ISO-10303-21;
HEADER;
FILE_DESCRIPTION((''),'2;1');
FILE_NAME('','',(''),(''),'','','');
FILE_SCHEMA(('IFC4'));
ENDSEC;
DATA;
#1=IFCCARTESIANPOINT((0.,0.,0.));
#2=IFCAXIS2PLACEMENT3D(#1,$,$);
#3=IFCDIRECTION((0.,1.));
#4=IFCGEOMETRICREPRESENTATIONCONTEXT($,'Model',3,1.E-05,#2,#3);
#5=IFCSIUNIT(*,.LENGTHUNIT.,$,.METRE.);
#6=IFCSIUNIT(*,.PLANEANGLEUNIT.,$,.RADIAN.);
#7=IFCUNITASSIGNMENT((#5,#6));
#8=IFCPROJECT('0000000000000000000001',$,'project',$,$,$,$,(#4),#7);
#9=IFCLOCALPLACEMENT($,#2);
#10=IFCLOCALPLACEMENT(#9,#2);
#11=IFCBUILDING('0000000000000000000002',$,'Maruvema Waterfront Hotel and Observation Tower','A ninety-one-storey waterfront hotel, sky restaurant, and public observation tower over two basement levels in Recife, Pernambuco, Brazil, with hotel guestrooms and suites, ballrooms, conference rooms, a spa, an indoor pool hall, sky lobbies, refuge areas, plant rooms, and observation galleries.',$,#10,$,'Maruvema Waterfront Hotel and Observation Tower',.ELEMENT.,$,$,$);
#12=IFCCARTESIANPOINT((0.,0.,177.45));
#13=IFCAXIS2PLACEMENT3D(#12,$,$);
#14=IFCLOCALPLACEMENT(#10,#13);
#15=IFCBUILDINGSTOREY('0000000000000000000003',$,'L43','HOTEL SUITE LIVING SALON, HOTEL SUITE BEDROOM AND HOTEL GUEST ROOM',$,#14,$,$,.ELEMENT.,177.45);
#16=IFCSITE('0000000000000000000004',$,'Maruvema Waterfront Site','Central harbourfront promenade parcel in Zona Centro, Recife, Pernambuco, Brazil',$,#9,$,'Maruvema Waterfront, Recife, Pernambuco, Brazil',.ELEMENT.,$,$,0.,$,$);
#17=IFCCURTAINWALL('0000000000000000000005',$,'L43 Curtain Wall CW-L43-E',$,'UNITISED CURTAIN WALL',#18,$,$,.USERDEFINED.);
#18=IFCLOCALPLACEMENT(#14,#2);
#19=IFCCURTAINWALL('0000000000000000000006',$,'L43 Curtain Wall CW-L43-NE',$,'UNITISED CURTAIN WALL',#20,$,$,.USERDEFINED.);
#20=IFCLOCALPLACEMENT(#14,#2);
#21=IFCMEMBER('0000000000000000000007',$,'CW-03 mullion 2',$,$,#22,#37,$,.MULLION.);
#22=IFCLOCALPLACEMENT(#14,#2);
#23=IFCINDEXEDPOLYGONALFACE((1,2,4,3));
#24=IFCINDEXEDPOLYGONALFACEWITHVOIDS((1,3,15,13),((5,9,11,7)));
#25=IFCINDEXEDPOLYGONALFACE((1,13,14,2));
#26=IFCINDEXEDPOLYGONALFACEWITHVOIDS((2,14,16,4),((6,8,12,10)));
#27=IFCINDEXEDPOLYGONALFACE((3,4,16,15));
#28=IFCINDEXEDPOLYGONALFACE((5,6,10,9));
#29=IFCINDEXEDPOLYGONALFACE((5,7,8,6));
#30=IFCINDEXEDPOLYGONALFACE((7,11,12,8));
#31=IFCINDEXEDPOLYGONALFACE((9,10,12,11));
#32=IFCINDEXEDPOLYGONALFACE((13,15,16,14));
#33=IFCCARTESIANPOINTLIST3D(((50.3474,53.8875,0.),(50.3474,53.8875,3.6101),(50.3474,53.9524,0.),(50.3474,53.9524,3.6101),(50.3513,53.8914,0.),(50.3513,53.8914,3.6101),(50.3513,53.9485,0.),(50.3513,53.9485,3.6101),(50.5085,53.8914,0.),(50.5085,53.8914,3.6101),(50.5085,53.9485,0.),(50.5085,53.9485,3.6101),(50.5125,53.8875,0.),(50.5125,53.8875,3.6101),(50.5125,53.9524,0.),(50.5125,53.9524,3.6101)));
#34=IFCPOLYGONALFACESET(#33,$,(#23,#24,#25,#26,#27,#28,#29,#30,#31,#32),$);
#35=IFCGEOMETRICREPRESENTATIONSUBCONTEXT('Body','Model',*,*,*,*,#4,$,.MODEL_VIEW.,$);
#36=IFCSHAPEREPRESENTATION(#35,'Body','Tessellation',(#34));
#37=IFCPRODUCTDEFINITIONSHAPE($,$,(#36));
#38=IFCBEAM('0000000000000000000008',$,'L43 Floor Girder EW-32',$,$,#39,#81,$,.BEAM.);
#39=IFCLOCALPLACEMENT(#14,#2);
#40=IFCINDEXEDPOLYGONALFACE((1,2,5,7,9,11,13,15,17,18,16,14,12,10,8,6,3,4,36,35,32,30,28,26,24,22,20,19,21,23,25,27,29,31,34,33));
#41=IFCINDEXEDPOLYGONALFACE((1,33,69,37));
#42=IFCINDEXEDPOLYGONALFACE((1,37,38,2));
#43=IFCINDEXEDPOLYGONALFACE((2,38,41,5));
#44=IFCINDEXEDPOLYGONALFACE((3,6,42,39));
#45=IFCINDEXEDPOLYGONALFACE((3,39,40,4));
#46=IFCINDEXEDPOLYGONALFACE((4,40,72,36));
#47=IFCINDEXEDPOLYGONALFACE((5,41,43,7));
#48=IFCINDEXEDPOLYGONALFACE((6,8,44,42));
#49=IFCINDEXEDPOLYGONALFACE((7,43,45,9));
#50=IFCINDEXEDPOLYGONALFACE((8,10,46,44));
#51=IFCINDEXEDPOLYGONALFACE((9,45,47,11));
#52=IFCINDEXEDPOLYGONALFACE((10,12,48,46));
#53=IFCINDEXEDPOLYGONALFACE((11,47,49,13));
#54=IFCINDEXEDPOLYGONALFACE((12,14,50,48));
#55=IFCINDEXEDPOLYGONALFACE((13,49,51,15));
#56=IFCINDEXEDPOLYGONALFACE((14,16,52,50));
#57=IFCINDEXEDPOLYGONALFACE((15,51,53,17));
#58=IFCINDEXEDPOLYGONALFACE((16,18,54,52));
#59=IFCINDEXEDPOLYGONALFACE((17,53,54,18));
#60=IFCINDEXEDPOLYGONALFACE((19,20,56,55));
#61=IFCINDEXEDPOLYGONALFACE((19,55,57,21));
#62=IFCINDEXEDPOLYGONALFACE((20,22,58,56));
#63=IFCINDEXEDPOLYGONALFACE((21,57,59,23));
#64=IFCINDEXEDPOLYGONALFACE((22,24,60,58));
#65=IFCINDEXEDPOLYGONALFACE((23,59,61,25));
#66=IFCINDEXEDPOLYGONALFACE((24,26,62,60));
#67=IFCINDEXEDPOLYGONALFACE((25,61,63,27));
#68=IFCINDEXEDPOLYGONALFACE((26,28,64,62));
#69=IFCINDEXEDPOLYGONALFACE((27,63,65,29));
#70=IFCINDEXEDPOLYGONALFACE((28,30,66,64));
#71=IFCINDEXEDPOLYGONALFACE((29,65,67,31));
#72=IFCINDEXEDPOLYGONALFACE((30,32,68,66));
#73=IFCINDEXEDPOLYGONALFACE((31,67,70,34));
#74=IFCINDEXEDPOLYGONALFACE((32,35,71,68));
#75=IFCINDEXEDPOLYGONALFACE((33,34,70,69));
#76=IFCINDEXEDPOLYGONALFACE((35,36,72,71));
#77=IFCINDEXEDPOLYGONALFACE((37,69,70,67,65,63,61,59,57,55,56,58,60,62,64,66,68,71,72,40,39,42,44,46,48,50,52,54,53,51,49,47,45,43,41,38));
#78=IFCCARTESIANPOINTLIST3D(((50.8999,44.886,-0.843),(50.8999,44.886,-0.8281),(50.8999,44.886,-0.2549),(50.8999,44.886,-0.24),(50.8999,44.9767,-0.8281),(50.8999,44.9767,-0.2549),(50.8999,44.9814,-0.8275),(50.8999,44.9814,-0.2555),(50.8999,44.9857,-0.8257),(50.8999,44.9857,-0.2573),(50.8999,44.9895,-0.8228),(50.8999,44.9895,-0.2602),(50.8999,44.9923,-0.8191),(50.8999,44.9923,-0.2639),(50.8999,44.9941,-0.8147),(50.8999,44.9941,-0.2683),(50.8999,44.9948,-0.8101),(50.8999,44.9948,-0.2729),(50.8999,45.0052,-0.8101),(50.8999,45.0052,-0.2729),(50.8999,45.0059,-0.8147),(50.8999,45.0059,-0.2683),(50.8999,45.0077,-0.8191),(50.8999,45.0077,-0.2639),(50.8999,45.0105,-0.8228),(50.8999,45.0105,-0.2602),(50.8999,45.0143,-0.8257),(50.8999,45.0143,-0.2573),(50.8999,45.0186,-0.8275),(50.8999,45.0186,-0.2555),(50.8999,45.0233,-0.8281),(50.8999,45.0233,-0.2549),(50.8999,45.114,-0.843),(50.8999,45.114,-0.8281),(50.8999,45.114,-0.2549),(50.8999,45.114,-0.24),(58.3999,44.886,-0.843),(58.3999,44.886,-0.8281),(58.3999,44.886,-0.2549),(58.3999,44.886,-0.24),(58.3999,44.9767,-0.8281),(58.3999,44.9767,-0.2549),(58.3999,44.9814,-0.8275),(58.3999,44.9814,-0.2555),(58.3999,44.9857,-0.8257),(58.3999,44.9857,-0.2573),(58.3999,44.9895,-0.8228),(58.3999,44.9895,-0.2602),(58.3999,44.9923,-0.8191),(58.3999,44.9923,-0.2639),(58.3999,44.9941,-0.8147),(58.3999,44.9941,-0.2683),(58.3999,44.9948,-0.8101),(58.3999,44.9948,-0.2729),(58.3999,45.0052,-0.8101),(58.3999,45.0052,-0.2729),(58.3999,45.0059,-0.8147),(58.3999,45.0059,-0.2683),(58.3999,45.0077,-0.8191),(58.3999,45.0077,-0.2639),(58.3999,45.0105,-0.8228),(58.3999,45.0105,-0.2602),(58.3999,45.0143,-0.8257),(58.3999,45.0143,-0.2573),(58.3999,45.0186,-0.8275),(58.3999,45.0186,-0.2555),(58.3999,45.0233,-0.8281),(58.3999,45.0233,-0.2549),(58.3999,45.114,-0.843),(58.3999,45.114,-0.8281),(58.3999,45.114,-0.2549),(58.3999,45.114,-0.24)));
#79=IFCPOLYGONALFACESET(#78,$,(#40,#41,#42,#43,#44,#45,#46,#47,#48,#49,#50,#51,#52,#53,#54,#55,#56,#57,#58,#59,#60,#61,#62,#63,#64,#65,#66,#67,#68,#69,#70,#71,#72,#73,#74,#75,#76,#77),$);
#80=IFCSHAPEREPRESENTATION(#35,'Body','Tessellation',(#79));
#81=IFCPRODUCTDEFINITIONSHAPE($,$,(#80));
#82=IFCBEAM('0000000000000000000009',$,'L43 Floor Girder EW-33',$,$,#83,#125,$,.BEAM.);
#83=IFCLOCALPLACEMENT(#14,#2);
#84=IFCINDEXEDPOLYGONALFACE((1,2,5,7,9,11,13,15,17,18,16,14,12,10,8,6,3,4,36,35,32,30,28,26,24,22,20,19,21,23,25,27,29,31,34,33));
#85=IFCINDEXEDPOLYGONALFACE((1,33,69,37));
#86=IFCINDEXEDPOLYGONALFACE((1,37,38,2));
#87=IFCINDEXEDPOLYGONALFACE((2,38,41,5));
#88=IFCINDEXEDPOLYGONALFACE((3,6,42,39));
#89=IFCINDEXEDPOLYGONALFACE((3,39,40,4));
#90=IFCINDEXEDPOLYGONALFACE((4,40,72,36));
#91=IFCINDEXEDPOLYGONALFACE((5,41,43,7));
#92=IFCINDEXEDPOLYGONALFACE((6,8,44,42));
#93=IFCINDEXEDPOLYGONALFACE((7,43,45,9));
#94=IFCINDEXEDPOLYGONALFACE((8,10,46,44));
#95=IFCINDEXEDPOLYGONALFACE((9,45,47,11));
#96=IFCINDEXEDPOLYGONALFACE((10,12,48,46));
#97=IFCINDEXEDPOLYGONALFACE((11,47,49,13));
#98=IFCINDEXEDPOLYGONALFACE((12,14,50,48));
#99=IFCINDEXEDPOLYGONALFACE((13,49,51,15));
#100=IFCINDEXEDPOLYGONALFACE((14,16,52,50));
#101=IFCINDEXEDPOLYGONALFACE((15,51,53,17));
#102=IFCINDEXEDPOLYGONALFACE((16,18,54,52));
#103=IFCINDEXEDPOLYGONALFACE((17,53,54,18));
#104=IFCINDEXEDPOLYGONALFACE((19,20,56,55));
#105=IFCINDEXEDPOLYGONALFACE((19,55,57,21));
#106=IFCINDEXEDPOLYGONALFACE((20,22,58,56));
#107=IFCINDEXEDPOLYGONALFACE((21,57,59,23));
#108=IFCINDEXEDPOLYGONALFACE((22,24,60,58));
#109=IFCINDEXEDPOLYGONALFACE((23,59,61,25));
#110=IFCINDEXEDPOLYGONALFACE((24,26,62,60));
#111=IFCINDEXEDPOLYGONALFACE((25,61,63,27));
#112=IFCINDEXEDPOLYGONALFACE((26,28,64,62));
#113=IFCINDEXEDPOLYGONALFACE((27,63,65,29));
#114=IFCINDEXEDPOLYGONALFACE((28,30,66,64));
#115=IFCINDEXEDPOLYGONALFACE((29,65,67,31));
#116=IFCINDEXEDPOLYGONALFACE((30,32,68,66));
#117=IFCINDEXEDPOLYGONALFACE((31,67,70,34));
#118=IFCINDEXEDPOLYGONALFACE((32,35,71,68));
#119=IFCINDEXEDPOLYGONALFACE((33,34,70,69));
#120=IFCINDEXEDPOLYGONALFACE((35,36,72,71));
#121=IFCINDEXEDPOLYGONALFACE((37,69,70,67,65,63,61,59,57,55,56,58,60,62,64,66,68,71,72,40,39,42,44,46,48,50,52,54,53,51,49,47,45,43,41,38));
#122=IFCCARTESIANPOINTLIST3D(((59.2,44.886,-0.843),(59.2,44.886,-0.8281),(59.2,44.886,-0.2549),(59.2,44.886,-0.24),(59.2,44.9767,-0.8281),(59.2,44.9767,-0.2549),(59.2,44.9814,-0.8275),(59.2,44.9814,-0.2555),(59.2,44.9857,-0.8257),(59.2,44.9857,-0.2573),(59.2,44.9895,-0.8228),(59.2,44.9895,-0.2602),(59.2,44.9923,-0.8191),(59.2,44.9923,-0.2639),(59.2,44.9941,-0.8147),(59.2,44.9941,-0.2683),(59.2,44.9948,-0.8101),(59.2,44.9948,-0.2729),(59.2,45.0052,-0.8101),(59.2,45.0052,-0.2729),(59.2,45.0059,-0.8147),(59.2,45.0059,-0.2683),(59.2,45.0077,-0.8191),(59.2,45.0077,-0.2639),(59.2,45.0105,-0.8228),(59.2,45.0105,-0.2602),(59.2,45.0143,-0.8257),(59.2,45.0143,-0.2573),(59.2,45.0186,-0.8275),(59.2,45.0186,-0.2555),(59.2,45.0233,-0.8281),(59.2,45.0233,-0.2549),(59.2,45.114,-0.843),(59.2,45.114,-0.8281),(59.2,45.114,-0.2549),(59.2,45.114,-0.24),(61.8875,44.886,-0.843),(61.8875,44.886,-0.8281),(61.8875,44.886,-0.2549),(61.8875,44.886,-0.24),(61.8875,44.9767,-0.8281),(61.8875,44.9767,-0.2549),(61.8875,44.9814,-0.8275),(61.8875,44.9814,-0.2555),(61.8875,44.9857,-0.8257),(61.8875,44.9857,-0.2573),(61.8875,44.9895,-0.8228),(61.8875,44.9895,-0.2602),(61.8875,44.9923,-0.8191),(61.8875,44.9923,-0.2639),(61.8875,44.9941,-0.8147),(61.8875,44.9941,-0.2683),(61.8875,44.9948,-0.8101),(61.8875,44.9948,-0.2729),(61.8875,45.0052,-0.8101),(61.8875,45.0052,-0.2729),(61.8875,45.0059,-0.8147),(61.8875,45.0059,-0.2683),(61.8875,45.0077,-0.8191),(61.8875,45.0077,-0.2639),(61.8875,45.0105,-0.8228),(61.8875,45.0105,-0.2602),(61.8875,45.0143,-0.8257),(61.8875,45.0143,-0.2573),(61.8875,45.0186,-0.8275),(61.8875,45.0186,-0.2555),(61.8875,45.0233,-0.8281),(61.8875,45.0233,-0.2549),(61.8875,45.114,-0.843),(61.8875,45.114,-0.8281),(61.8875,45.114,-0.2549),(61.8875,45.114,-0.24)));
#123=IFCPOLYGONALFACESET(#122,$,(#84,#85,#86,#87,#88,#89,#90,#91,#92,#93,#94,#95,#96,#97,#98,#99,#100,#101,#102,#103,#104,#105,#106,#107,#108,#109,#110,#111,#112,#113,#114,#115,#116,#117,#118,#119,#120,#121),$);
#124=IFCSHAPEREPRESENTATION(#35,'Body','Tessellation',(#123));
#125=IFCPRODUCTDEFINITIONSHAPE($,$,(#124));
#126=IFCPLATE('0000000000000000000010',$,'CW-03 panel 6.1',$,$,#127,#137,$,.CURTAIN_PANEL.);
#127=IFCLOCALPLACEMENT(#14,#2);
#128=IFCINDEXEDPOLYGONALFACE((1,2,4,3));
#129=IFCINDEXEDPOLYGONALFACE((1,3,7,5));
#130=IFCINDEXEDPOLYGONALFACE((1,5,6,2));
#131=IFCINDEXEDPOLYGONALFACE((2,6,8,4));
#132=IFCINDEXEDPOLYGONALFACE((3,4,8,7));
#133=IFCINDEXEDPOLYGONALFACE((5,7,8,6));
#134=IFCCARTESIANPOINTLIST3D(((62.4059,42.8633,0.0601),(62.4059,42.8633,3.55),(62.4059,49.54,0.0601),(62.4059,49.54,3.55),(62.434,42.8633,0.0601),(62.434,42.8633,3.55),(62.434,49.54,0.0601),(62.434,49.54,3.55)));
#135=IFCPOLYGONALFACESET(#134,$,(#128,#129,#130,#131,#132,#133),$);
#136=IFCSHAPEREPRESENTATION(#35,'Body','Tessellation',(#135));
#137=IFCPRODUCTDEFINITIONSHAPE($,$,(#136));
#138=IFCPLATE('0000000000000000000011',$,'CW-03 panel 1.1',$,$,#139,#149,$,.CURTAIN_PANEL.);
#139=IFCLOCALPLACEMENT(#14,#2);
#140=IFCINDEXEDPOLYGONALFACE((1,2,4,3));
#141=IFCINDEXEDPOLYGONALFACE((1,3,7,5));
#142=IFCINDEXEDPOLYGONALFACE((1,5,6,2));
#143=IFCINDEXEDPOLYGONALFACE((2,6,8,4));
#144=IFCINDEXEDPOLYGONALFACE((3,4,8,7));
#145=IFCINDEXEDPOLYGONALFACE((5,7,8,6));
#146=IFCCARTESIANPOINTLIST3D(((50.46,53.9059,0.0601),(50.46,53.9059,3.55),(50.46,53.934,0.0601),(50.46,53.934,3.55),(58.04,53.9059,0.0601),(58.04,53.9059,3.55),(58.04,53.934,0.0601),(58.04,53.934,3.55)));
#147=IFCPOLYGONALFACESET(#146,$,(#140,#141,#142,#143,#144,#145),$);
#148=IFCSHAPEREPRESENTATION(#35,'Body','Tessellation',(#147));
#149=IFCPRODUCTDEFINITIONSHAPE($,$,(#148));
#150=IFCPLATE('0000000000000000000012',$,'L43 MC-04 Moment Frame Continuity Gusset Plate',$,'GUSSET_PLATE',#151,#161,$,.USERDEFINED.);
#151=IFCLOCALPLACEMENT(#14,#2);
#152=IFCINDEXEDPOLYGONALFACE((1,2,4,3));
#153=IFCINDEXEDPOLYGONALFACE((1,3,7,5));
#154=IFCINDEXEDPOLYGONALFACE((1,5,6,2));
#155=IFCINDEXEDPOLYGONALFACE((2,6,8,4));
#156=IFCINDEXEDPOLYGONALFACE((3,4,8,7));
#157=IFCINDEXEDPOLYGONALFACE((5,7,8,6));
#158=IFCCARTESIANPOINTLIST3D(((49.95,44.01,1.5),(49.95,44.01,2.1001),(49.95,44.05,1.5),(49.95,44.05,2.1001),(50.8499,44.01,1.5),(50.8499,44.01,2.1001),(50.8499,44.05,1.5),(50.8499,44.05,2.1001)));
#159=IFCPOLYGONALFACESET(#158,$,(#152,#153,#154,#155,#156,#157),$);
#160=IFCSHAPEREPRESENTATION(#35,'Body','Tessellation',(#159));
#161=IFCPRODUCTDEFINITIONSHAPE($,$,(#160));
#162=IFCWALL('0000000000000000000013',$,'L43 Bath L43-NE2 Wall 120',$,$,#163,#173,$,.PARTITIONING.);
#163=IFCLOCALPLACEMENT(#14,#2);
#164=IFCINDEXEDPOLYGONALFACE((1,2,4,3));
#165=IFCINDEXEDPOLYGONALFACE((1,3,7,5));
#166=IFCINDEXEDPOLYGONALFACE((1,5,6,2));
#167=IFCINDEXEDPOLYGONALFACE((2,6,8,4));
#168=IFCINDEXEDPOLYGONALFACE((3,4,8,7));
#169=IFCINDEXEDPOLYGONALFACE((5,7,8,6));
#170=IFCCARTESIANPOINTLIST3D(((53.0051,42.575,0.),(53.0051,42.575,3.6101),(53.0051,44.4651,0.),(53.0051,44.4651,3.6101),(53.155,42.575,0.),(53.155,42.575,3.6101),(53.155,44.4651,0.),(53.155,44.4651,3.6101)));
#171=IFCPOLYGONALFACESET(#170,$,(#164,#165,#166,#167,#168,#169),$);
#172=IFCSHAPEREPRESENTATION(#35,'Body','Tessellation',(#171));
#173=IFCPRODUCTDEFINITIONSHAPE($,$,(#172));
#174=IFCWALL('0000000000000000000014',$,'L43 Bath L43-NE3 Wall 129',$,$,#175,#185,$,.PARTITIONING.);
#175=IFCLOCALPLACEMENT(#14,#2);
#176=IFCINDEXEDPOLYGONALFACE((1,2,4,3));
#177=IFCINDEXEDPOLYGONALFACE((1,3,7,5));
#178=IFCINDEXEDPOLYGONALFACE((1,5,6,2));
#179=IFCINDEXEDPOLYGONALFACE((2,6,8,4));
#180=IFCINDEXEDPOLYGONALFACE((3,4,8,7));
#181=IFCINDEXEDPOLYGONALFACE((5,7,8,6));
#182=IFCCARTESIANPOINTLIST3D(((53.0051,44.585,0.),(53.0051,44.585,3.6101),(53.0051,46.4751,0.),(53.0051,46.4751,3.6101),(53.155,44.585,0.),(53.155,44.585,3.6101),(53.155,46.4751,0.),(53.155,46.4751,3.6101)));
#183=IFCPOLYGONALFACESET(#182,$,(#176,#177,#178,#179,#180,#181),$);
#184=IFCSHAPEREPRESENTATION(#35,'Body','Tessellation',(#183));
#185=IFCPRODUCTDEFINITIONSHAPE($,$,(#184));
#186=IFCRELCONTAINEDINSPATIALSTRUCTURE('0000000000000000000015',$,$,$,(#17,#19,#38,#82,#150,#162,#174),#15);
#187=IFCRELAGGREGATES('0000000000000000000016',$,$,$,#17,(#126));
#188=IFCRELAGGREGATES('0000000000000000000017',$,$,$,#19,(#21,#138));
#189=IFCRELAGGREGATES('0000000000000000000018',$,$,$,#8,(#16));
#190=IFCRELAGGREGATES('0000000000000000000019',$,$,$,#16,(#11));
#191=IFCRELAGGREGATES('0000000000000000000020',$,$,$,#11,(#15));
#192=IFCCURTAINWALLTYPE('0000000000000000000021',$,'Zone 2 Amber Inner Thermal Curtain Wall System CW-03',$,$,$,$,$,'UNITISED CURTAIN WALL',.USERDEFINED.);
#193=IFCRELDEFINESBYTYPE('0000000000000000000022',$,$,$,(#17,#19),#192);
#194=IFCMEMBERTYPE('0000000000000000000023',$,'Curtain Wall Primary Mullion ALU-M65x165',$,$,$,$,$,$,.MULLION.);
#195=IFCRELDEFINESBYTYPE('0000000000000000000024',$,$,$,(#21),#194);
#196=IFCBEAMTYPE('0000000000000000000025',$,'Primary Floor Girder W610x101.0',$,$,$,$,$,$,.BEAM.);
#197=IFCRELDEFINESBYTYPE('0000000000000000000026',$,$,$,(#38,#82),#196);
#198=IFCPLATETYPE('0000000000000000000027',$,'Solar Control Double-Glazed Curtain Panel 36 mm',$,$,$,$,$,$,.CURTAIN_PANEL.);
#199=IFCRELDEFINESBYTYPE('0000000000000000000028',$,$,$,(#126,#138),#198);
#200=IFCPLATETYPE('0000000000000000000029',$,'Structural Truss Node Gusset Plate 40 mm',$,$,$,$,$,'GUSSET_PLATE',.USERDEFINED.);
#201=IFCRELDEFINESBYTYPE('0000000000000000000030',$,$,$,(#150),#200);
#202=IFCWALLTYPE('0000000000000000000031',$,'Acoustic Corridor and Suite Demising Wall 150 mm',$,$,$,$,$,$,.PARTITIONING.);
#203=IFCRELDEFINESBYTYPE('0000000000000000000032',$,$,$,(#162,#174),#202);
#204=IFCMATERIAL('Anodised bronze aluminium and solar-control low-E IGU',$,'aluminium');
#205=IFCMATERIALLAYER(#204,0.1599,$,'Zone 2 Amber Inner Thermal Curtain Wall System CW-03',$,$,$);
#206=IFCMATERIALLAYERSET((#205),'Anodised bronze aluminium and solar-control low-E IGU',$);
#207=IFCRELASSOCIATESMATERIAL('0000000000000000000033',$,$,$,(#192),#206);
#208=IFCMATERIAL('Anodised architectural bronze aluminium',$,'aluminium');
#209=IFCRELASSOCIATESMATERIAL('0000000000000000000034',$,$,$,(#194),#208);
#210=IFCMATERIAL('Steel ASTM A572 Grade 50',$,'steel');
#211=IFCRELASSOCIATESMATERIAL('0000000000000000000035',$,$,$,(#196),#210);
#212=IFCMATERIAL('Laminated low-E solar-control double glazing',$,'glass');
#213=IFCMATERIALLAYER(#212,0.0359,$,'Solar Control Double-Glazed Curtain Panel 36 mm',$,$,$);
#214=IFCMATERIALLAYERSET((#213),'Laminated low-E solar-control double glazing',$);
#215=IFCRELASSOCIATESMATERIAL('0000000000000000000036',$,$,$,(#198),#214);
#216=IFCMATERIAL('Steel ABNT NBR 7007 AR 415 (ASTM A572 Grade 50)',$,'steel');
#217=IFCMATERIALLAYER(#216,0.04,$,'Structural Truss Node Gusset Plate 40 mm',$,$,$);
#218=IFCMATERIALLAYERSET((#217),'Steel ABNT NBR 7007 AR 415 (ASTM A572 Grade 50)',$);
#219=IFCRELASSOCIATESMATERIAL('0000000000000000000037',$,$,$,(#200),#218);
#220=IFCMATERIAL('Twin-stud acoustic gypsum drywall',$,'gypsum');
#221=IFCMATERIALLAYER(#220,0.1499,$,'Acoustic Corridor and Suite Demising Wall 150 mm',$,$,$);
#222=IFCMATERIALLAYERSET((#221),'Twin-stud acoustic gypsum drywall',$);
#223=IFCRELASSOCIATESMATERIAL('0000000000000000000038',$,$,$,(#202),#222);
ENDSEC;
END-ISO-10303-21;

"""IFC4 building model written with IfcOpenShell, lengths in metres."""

from ifc_helpers import new_model, si_unit, direction, frame, frame_2d, origin, origin_2d, place, context, subcontext, project, spatial, rectangle, hollow_rectangle, i_section, extrude, material, layer, layer_set, material_profile, profile_set, type_object, element, aggregate, save


model = new_model("IFC4")

# Units and contexts
model_context = context("Model", 3, precision=1e-05, world=origin(), true_north=direction((0.0, 1.0)))
body_context = subcontext(model_context, "Body", "Model", "MODEL_VIEW")
ifc_project = project(units=[si_unit("LENGTHUNIT", "METRE"), si_unit("PLANEANGLEUNIT", "RADIAN")], contexts=[model_context])

# Site, building, storey
site_placement = place(None, origin())
site = spatial("IfcSite", under=ifc_project, at=site_placement, Name="Maruvema Waterfront Site", Description="Central harbourfront promenade parcel in Zona Centro, Recife, Pernambuco, Brazil", LongName="Maruvema Waterfront, Recife, Pernambuco, Brazil", CompositionType="ELEMENT", RefElevation=0.0)
building_placement = place(site_placement, origin())
building = spatial("IfcBuilding", under=site, at=building_placement, Name="Maruvema Waterfront Hotel and Observation Tower", Description="A ninety-one-storey waterfront hotel, sky restaurant, and public observation tower over two basement levels in Recife, Pernambuco, Brazil, with hotel guestrooms and suites, ballrooms, conference rooms, a spa, an indoor pool hall, sky lobbies, refuge areas, plant rooms, and observation galleries.", LongName="Maruvema Waterfront Hotel and Observation Tower", CompositionType="ELEMENT")
storey_placement = place(building_placement, frame((0.0, 0.0, 177.45)))
storey = spatial("IfcBuildingStorey", under=building, at=storey_placement, Name="L43", Description="HOTEL SUITE LIVING SALON, HOTEL SUITE BEDROOM AND HOTEL GUEST ROOM", CompositionType="ELEMENT", Elevation=177.45)

# Curtain walls
ifc_material_1 = material(Name="Anodised bronze aluminium and solar-control low-E IGU", Category="aluminium")
ifc_layer_1 = layer(ifc_material_1, 0.1599, Name="Zone 2 Amber Inner Thermal Curtain Wall System CW-03")
ifc_layer_set_1 = layer_set([ifc_layer_1], Name="Anodised bronze aluminium and solar-control low-E IGU")
curtain_wall_type = type_object("IfcCurtainWallType", Name="Zone 2 Amber Inner Thermal Curtain Wall System CW-03", ElementType="UNITISED CURTAIN WALL", PredefinedType="USERDEFINED", material=ifc_layer_set_1)
curtain_wall_1_placement = place(storey_placement, origin())
curtain_wall_1 = element("IfcCurtainWall", 1, at=curtain_wall_1_placement, inside=storey, type_object=curtain_wall_type, Name="L43 Curtain Wall CW-L43-E", ObjectType="UNITISED CURTAIN WALL", PredefinedType="USERDEFINED")
curtain_wall_2_placement = place(storey_placement, origin())
curtain_wall_2 = element("IfcCurtainWall", 2, at=curtain_wall_2_placement, inside=storey, type_object=curtain_wall_type, Name="L43 Curtain Wall CW-L43-NE", ObjectType="UNITISED CURTAIN WALL", PredefinedType="USERDEFINED")

# Member
ifc_material_2 = material(Name="Anodised architectural bronze aluminium", Category="aluminium")
ifc_material_profile_1 = material_profile(ifc_material_2, hollow_rectangle(XDim=0.0649, YDim=0.165, WallThickness=0.0039, at=origin_2d()), Name="ALU-M65x165")
ifc_profile_set_1 = profile_set([ifc_material_profile_1], Name="Anodised architectural bronze aluminium")
member_type_1 = type_object("IfcMemberType", Name="Curtain Wall Primary Mullion ALU-M65x165", PredefinedType="MULLION", material=ifc_profile_set_1)
member_1_placement = place(storey_placement, frame((50.4299, 53.9199, 0.0), z_axis=(0.0, 0.0, 1.0), x_axis=(0.0, -1.0, 0.0)))
member_1 = element("IfcMember", 3, at=member_1_placement, type_object=member_type_1, Name="CW-03 mullion 2", PredefinedType="MULLION", context=body_context, shape_type="SweptSolid", body=[
    extrude(hollow_rectangle(XDim=0.0649, YDim=0.165, WallThickness=0.0039, at=origin_2d()), origin(), (0.0, 0.0, 1.0), 3.6101),
])

# Beams
ifc_material_3 = material(Name="Steel ASTM A572 Grade 50", Category="steel")
ifc_material_profile_2 = material_profile(ifc_material_3, i_section(OverallWidth=0.228, OverallDepth=0.603, WebThickness=0.0105, FlangeThickness=0.0149, FilletRadius=0.0181, at=origin_2d()), Name="W610x101.0")
ifc_profile_set_2 = profile_set([ifc_material_profile_2], Name="Steel ASTM A572 Grade 50")
beam_type = type_object("IfcBeamType", Name="Primary Floor Girder W610x101.0", PredefinedType="BEAM", material=ifc_profile_set_2)
beam_1_placement = place(storey_placement, frame((50.8999, 45.0, -0.5415), z_axis=(1.0, 0.0, 0.0), x_axis=(0.0, 1.0, 0.0)))
element("IfcBeam", 4, at=beam_1_placement, inside=storey, type_object=beam_type, Name="L43 Floor Girder EW-32", PredefinedType="BEAM", context=body_context, shape_type="SweptSolid", body=[
    extrude(i_section(OverallWidth=0.228, OverallDepth=0.603, WebThickness=0.0105, FlangeThickness=0.0149, FilletRadius=0.0181, at=origin_2d()), origin(), (0.0, 0.0, 1.0), 7.5),
])
beam_2_placement = place(storey_placement, frame((59.2, 45.0, -0.5415), z_axis=(1.0, 0.0, 0.0), x_axis=(0.0, 1.0, 0.0)))
element("IfcBeam", 5, at=beam_2_placement, inside=storey, type_object=beam_type, Name="L43 Floor Girder EW-33", PredefinedType="BEAM", context=body_context, shape_type="SweptSolid", body=[
    extrude(i_section(OverallWidth=0.228, OverallDepth=0.603, WebThickness=0.0105, FlangeThickness=0.0149, FilletRadius=0.0181, at=origin_2d()), origin(), (0.0, 0.0, 1.0), 2.6875),
])

# Plates
ifc_material_4 = material(Name="Laminated low-E solar-control double glazing", Category="glass")
ifc_layer_2 = layer(ifc_material_4, 0.0359, Name="Solar Control Double-Glazed Curtain Panel 36 mm")
ifc_layer_set_2 = layer_set([ifc_layer_2], Name="Laminated low-E solar-control double glazing")
plate_type_1 = type_object("IfcPlateType", Name="Solar Control Double-Glazed Curtain Panel 36 mm", PredefinedType="CURTAIN_PANEL", material=ifc_layer_set_2)
plate_1_placement = place(storey_placement, frame((62.4199, 46.2017, 0.0601), z_axis=(0.0, 0.0, 1.0), x_axis=(0.0, 1.0, 0.0)))
plate_1 = element("IfcPlate", 6, at=plate_1_placement, type_object=plate_type_1, Name="CW-03 panel 6.1", PredefinedType="CURTAIN_PANEL", context=body_context, shape_type="SweptSolid", body=[
    extrude(rectangle(XDim=6.6768, YDim=0.0281, at=origin_2d()), origin(), (0.0, 0.0, 1.0), 3.49),
])
aggregate(curtain_wall_1, [plate_1])
plate_2_placement = place(storey_placement, frame((54.25, 53.9199, 0.0601), z_axis=(0.0, 0.0, 1.0), x_axis=(-1.0, 0.0, 0.0)))
plate_2 = element("IfcPlate", 7, at=plate_2_placement, type_object=plate_type_1, Name="CW-03 panel 1.1", PredefinedType="CURTAIN_PANEL", context=body_context, shape_type="SweptSolid", body=[
    extrude(rectangle(XDim=7.5801, YDim=0.0281, at=origin_2d()), origin(), (0.0, 0.0, 1.0), 3.49),
])
aggregate(curtain_wall_2, [member_1, plate_2])
ifc_material_5 = material(Name="Steel ABNT NBR 7007 AR 415 (ASTM A572 Grade 50)", Category="steel")
ifc_layer_3 = layer(ifc_material_5, 0.04, Name="Structural Truss Node Gusset Plate 40 mm")
ifc_layer_set_3 = layer_set([ifc_layer_3], Name="Steel ABNT NBR 7007 AR 415 (ASTM A572 Grade 50)")
plate_type_2 = type_object("IfcPlateType", Name="Structural Truss Node Gusset Plate 40 mm", ElementType="GUSSET_PLATE", PredefinedType="USERDEFINED", material=ifc_layer_set_3)
plate_3_placement = place(storey_placement, frame((50.3999, 44.03, 1.5), z_axis=(0.0, 0.0, 1.0), x_axis=(1.0, 0.0, 0.0)))
element("IfcPlate", 8, at=plate_3_placement, inside=storey, type_object=plate_type_2, Name="L43 MC-04 Moment Frame Continuity Gusset Plate", ObjectType="GUSSET_PLATE", PredefinedType="USERDEFINED", context=body_context, shape_type="SweptSolid", body=[
    extrude(rectangle(XDim=0.8999, YDim=0.04, at=origin_2d()), origin(), (0.0, 0.0, 1.0), 0.6001),
])

# Walls
ifc_material_6 = material(Name="Twin-stud acoustic gypsum drywall", Category="gypsum")
ifc_layer_4 = layer(ifc_material_6, 0.1499, Name="Acoustic Corridor and Suite Demising Wall 150 mm")
ifc_layer_set_4 = layer_set([ifc_layer_4], Name="Twin-stud acoustic gypsum drywall")
wall_type_1 = type_object("IfcWallType", Name="Acoustic Corridor and Suite Demising Wall 150 mm", PredefinedType="PARTITIONING", material=ifc_layer_set_4)
for number, where, z_axis, x_axis, name in (
    (9, (53.0801, 42.575, 0.0), (0.0, 0.0, 1.0), (0.0, 1.0, 0.0), "L43 Bath L43-NE2 Wall 120"),
    (10, (53.0801, 44.585, 0.0), (0.0, 0.0, 1.0), (0.0, 1.0, 0.0), "L43 Bath L43-NE3 Wall 129"),
):
    element("IfcWall", number, at=place(storey_placement, frame(where, z_axis=z_axis, x_axis=x_axis)), inside=storey, type_object=wall_type_1, Name=name, PredefinedType="PARTITIONING", context=body_context, shape_type="SweptSolid", body=[
        extrude(rectangle(XDim=1.8901, YDim=0.1499, at=frame_2d((0.9451, 0.0))), origin(), (0.0, 0.0, 1.0), 3.6101),
    ])

save(model, "model.ifc")
